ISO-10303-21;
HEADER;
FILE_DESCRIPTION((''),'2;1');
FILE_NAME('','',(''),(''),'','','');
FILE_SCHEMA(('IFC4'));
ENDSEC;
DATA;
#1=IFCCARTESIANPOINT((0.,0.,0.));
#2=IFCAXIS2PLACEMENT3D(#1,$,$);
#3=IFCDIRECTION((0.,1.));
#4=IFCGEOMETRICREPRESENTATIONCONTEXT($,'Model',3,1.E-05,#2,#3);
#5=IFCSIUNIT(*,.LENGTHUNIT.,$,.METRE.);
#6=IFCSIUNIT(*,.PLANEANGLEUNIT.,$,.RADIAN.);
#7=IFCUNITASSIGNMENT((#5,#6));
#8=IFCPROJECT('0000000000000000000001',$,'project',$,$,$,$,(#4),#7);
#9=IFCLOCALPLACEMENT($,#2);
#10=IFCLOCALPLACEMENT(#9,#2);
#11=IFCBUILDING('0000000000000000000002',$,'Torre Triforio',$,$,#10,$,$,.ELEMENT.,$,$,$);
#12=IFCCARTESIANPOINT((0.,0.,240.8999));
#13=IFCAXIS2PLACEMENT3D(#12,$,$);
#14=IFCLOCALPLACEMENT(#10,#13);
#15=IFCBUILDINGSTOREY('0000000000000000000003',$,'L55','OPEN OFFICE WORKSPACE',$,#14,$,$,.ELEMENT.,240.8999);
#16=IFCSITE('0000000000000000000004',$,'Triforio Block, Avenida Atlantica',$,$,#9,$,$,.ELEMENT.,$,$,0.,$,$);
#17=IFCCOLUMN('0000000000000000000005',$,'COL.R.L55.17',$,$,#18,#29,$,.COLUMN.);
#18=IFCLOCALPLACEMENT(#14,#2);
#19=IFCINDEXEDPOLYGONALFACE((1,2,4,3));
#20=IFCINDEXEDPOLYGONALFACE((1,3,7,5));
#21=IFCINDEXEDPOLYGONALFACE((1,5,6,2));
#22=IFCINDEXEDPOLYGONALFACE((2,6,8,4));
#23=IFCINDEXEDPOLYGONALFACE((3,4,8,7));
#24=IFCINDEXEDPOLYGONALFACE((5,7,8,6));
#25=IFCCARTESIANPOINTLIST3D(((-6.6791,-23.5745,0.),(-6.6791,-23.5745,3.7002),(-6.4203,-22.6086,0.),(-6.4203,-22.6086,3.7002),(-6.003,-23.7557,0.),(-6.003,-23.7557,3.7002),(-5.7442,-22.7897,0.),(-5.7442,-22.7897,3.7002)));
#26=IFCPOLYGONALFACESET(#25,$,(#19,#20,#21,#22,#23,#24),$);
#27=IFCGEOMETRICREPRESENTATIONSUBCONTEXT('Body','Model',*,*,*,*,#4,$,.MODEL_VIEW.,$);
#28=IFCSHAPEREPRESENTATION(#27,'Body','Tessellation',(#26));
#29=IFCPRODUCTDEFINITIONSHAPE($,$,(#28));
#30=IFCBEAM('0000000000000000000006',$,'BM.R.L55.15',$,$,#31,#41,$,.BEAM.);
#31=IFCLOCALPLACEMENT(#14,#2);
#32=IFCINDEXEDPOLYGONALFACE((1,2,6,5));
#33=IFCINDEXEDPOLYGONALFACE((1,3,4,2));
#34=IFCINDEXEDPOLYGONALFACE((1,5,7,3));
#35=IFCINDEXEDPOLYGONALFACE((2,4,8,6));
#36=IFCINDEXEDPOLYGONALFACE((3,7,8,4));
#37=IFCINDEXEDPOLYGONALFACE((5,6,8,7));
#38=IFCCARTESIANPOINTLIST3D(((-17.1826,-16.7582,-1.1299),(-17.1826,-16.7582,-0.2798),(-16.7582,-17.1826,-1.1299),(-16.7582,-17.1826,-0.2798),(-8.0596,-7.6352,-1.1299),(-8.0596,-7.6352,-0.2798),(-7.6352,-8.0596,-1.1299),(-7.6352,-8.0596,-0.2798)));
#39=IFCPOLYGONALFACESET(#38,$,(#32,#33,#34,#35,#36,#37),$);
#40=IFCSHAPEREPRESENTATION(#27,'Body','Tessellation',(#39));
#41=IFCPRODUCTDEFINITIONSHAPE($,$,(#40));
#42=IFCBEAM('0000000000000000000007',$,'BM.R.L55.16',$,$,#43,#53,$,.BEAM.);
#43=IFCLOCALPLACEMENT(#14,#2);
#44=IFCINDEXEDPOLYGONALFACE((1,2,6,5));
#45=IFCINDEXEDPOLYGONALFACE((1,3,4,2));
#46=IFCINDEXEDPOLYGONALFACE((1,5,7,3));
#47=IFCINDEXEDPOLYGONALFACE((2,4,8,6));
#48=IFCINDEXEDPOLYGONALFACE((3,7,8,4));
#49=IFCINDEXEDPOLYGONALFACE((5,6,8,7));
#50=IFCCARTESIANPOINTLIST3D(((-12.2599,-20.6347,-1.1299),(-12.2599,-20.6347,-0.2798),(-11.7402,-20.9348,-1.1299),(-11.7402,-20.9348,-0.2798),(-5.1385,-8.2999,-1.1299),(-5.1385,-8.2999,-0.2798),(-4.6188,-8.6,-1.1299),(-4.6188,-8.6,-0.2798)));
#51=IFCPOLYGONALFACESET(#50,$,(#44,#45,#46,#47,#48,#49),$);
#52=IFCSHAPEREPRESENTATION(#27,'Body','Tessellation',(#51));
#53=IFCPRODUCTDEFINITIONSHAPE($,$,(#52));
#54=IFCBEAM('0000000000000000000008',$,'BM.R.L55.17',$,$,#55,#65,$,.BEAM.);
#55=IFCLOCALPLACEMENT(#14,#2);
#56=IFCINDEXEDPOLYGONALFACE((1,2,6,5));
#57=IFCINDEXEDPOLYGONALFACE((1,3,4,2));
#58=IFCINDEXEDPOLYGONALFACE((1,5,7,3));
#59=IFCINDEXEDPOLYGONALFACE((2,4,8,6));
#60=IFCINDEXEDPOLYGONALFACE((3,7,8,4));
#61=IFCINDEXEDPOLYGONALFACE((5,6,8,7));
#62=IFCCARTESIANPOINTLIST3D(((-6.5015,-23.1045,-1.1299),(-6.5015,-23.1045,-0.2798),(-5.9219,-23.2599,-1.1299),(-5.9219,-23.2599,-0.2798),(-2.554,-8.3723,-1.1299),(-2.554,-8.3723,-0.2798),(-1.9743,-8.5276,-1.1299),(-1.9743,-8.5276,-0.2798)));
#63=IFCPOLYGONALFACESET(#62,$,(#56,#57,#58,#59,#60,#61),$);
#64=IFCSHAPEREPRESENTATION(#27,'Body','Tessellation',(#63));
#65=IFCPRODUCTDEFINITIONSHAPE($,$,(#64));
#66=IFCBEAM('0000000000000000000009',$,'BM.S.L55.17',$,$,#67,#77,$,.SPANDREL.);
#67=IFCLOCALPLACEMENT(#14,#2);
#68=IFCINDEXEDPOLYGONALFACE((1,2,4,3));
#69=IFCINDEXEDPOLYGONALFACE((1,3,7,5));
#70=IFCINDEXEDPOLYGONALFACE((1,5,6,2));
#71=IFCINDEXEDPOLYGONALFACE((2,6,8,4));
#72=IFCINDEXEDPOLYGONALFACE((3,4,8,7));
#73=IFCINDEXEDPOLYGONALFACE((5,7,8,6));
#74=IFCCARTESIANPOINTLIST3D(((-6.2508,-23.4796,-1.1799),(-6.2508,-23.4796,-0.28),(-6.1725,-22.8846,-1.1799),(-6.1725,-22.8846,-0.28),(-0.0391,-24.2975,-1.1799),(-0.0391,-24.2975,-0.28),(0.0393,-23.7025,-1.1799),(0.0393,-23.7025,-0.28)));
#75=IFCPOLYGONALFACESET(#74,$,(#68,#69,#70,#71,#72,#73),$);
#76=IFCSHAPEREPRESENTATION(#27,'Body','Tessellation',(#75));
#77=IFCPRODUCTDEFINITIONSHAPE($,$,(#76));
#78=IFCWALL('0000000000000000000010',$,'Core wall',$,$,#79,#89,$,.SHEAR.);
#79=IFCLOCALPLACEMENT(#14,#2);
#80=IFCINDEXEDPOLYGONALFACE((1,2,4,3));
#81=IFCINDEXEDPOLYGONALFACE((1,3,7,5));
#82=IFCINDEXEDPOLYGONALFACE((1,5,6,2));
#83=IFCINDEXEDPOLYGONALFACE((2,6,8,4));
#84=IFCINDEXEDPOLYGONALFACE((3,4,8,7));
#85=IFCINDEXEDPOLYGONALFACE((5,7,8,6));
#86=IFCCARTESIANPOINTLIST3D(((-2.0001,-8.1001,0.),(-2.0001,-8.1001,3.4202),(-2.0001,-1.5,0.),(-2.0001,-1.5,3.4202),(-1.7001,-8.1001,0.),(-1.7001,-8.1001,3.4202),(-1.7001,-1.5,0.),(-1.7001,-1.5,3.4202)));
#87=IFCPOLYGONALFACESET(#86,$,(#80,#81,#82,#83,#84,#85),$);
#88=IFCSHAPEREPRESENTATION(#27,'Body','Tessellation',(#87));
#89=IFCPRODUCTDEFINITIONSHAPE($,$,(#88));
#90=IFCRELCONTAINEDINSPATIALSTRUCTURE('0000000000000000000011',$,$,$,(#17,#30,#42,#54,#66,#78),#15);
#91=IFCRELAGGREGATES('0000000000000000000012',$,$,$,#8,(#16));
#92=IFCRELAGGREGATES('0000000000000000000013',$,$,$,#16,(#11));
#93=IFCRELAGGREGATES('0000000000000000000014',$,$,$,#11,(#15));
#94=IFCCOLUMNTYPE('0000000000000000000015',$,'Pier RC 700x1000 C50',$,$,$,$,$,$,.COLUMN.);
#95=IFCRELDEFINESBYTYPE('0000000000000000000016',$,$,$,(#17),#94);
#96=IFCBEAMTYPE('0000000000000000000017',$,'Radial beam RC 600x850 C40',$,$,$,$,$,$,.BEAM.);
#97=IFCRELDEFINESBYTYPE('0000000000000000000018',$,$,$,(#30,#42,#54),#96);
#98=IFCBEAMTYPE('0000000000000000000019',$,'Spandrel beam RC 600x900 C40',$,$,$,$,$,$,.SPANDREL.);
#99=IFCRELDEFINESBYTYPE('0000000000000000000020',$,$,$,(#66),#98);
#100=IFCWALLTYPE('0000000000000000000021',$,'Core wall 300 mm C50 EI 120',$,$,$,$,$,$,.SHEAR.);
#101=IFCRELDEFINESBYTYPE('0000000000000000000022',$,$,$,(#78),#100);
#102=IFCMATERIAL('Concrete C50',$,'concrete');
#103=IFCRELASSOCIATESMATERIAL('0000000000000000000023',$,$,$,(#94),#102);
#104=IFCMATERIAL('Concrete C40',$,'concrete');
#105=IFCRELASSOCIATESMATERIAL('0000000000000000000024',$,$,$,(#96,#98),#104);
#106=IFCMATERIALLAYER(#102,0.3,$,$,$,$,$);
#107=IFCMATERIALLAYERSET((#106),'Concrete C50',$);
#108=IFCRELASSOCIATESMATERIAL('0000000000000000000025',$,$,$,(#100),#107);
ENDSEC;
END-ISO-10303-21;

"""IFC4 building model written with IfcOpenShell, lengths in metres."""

from ifc_helpers import new_model, si_unit, direction, frame, frame_2d, origin, origin_2d, place, context, subcontext, project, spatial, rectangle, extrude, material, layer, layer_set, material_profile, profile_set, type_object, element, save


model = new_model("IFC4")

# Units and contexts
model_context = context("Model", 3, precision=1e-05, world=origin(), true_north=direction((0.0, 1.0)))
body_context = subcontext(model_context, "Body", "Model", "MODEL_VIEW")
ifc_project = project(units=[si_unit("LENGTHUNIT", "METRE"), si_unit("PLANEANGLEUNIT", "RADIAN")], contexts=[model_context])

# Site, building, storey
site_placement = place(None, origin())
site = spatial("IfcSite", under=ifc_project, at=site_placement, Name="Triforio Block, Avenida Atlantica", CompositionType="ELEMENT", RefElevation=0.0)
building_placement = place(site_placement, origin())
building = spatial("IfcBuilding", under=site, at=building_placement, Name="Torre Triforio", CompositionType="ELEMENT")
storey_placement = place(building_placement, frame((0.0, 0.0, 240.8999)))
storey = spatial("IfcBuildingStorey", under=building, at=storey_placement, Name="L55", Description="OPEN OFFICE WORKSPACE", CompositionType="ELEMENT", Elevation=240.8999)

# Column
ifc_material_1 = material(Name="Concrete C50", Category="concrete")
ifc_material_profile_1 = material_profile(ifc_material_1, rectangle(XDim=0.7, YDim=1.0, at=origin_2d()), Name="RC 700x1000")
ifc_profile_set_1 = profile_set([ifc_material_profile_1], Name="Concrete C50")
column_type = type_object("IfcColumnType", Name="Pier RC 700x1000 C50", PredefinedType="COLUMN", material=ifc_profile_set_1)
column_placement = place(storey_placement, frame((-6.2117, -23.1821, 0.0), z_axis=(0.0, 0.0, 1.0), x_axis=(0.965926, -0.258819, 0.0)))
element("IfcColumn", 1, at=column_placement, inside=storey, type_object=column_type, Name="COL.R.L55.17", PredefinedType="COLUMN", context=body_context, shape_type="SweptSolid", body=[
    extrude(rectangle(XDim=0.7, YDim=1.0, at=origin_2d()), origin(), (0.0, 0.0, 1.0), 3.7002),
])

# Beams
ifc_material_2 = material(Name="Concrete C40", Category="concrete")
ifc_material_profile_2 = material_profile(ifc_material_2, rectangle(XDim=0.6001, YDim=0.8501, at=origin_2d()), Name="RC 600x850")
ifc_profile_set_2 = profile_set([ifc_material_profile_2], Name="Concrete C40")
beam_type_1 = type_object("IfcBeamType", Name="Radial beam RC 600x850 C40", PredefinedType="BEAM", material=ifc_profile_set_2)
beam_1_placement = place(storey_placement, frame((-7.8474, -7.8474, -0.7048), z_axis=(-0.707107, -0.707107, 0.0), x_axis=(0.707107, -0.707107, 0.0)))
element("IfcBeam", 2, at=beam_1_placement, inside=storey, type_object=beam_type_1, Name="BM.R.L55.15", PredefinedType="BEAM", context=body_context, shape_type="SweptSolid", body=[
    extrude(rectangle(XDim=0.6001, YDim=0.8501, at=origin_2d()), origin(), (0.0, 0.0, 1.0), 12.9019),
])
beam_2_placement = place(storey_placement, frame((-4.8787, -8.45, -0.7048), z_axis=(-0.499994, -0.866029, 0.0), x_axis=(0.866029, -0.499994, 0.0)))
element("IfcBeam", 3, at=beam_2_placement, inside=storey, type_object=beam_type_1, Name="BM.R.L55.16", PredefinedType="BEAM", context=body_context, shape_type="SweptSolid", body=[
    extrude(rectangle(XDim=0.6001, YDim=0.8501, at=origin_2d()), origin(), (0.0, 0.0, 1.0), 14.2429),
])
beam_3_placement = place(storey_placement, frame((-2.2642, -8.45, -0.7048), z_axis=(-0.258821, -0.965925, 0.0), x_axis=(0.965925, -0.258821, 0.0)))
element("IfcBeam", 4, at=beam_3_placement, inside=storey, type_object=beam_type_1, Name="BM.R.L55.17", PredefinedType="BEAM", context=body_context, shape_type="SweptSolid", body=[
    extrude(rectangle(XDim=0.6001, YDim=0.8501, at=origin_2d()), origin(), (0.0, 0.0, 1.0), 15.252),
])
ifc_material_profile_3 = material_profile(ifc_material_2, rectangle(XDim=0.6001, YDim=0.8999, at=origin_2d()), Name="RC 600x900")
ifc_profile_set_3 = profile_set([ifc_material_profile_3], Name="Concrete C40")
beam_type_2 = type_object("IfcBeamType", Name="Spandrel beam RC 600x900 C40", PredefinedType="SPANDREL", material=ifc_profile_set_3)
beam_4_placement = place(storey_placement, frame((-6.2117, -23.1821, -0.73), z_axis=(0.991443, -0.13054, 0.0), x_axis=(0.13054, 0.991443, 0.0)))
element("IfcBeam", 5, at=beam_4_placement, inside=storey, type_object=beam_type_2, Name="BM.S.L55.17", PredefinedType="SPANDREL", context=body_context, shape_type="SweptSolid", body=[
    extrude(rectangle(XDim=0.6001, YDim=0.8999, at=origin_2d()), origin(), (0.0, 0.0, 1.0), 6.2654),
])

# Wall
ifc_layer_1 = layer(ifc_material_1, 0.3)
ifc_layer_set_1 = layer_set([ifc_layer_1], Name="Concrete C50")
wall_type_1 = type_object("IfcWallType", Name="Core wall 300 mm C50 EI 120", PredefinedType="SHEAR", material=ifc_layer_set_1)
wall_1_placement = place(storey_placement, frame((-1.8501, -8.1001, 0.0), z_axis=(0.0, 0.0, 1.0), x_axis=(0.0, 1.0, 0.0)))
element("IfcWall", 6, at=wall_1_placement, inside=storey, type_object=wall_type_1, Name="Core wall", PredefinedType="SHEAR", context=body_context, shape_type="SweptSolid", body=[
    extrude(rectangle(XDim=6.6001, YDim=0.3, at=frame_2d((3.3, 0.0))), origin(), (0.0, 0.0, 1.0), 3.4202),
])

save(model, "model.ifc")
